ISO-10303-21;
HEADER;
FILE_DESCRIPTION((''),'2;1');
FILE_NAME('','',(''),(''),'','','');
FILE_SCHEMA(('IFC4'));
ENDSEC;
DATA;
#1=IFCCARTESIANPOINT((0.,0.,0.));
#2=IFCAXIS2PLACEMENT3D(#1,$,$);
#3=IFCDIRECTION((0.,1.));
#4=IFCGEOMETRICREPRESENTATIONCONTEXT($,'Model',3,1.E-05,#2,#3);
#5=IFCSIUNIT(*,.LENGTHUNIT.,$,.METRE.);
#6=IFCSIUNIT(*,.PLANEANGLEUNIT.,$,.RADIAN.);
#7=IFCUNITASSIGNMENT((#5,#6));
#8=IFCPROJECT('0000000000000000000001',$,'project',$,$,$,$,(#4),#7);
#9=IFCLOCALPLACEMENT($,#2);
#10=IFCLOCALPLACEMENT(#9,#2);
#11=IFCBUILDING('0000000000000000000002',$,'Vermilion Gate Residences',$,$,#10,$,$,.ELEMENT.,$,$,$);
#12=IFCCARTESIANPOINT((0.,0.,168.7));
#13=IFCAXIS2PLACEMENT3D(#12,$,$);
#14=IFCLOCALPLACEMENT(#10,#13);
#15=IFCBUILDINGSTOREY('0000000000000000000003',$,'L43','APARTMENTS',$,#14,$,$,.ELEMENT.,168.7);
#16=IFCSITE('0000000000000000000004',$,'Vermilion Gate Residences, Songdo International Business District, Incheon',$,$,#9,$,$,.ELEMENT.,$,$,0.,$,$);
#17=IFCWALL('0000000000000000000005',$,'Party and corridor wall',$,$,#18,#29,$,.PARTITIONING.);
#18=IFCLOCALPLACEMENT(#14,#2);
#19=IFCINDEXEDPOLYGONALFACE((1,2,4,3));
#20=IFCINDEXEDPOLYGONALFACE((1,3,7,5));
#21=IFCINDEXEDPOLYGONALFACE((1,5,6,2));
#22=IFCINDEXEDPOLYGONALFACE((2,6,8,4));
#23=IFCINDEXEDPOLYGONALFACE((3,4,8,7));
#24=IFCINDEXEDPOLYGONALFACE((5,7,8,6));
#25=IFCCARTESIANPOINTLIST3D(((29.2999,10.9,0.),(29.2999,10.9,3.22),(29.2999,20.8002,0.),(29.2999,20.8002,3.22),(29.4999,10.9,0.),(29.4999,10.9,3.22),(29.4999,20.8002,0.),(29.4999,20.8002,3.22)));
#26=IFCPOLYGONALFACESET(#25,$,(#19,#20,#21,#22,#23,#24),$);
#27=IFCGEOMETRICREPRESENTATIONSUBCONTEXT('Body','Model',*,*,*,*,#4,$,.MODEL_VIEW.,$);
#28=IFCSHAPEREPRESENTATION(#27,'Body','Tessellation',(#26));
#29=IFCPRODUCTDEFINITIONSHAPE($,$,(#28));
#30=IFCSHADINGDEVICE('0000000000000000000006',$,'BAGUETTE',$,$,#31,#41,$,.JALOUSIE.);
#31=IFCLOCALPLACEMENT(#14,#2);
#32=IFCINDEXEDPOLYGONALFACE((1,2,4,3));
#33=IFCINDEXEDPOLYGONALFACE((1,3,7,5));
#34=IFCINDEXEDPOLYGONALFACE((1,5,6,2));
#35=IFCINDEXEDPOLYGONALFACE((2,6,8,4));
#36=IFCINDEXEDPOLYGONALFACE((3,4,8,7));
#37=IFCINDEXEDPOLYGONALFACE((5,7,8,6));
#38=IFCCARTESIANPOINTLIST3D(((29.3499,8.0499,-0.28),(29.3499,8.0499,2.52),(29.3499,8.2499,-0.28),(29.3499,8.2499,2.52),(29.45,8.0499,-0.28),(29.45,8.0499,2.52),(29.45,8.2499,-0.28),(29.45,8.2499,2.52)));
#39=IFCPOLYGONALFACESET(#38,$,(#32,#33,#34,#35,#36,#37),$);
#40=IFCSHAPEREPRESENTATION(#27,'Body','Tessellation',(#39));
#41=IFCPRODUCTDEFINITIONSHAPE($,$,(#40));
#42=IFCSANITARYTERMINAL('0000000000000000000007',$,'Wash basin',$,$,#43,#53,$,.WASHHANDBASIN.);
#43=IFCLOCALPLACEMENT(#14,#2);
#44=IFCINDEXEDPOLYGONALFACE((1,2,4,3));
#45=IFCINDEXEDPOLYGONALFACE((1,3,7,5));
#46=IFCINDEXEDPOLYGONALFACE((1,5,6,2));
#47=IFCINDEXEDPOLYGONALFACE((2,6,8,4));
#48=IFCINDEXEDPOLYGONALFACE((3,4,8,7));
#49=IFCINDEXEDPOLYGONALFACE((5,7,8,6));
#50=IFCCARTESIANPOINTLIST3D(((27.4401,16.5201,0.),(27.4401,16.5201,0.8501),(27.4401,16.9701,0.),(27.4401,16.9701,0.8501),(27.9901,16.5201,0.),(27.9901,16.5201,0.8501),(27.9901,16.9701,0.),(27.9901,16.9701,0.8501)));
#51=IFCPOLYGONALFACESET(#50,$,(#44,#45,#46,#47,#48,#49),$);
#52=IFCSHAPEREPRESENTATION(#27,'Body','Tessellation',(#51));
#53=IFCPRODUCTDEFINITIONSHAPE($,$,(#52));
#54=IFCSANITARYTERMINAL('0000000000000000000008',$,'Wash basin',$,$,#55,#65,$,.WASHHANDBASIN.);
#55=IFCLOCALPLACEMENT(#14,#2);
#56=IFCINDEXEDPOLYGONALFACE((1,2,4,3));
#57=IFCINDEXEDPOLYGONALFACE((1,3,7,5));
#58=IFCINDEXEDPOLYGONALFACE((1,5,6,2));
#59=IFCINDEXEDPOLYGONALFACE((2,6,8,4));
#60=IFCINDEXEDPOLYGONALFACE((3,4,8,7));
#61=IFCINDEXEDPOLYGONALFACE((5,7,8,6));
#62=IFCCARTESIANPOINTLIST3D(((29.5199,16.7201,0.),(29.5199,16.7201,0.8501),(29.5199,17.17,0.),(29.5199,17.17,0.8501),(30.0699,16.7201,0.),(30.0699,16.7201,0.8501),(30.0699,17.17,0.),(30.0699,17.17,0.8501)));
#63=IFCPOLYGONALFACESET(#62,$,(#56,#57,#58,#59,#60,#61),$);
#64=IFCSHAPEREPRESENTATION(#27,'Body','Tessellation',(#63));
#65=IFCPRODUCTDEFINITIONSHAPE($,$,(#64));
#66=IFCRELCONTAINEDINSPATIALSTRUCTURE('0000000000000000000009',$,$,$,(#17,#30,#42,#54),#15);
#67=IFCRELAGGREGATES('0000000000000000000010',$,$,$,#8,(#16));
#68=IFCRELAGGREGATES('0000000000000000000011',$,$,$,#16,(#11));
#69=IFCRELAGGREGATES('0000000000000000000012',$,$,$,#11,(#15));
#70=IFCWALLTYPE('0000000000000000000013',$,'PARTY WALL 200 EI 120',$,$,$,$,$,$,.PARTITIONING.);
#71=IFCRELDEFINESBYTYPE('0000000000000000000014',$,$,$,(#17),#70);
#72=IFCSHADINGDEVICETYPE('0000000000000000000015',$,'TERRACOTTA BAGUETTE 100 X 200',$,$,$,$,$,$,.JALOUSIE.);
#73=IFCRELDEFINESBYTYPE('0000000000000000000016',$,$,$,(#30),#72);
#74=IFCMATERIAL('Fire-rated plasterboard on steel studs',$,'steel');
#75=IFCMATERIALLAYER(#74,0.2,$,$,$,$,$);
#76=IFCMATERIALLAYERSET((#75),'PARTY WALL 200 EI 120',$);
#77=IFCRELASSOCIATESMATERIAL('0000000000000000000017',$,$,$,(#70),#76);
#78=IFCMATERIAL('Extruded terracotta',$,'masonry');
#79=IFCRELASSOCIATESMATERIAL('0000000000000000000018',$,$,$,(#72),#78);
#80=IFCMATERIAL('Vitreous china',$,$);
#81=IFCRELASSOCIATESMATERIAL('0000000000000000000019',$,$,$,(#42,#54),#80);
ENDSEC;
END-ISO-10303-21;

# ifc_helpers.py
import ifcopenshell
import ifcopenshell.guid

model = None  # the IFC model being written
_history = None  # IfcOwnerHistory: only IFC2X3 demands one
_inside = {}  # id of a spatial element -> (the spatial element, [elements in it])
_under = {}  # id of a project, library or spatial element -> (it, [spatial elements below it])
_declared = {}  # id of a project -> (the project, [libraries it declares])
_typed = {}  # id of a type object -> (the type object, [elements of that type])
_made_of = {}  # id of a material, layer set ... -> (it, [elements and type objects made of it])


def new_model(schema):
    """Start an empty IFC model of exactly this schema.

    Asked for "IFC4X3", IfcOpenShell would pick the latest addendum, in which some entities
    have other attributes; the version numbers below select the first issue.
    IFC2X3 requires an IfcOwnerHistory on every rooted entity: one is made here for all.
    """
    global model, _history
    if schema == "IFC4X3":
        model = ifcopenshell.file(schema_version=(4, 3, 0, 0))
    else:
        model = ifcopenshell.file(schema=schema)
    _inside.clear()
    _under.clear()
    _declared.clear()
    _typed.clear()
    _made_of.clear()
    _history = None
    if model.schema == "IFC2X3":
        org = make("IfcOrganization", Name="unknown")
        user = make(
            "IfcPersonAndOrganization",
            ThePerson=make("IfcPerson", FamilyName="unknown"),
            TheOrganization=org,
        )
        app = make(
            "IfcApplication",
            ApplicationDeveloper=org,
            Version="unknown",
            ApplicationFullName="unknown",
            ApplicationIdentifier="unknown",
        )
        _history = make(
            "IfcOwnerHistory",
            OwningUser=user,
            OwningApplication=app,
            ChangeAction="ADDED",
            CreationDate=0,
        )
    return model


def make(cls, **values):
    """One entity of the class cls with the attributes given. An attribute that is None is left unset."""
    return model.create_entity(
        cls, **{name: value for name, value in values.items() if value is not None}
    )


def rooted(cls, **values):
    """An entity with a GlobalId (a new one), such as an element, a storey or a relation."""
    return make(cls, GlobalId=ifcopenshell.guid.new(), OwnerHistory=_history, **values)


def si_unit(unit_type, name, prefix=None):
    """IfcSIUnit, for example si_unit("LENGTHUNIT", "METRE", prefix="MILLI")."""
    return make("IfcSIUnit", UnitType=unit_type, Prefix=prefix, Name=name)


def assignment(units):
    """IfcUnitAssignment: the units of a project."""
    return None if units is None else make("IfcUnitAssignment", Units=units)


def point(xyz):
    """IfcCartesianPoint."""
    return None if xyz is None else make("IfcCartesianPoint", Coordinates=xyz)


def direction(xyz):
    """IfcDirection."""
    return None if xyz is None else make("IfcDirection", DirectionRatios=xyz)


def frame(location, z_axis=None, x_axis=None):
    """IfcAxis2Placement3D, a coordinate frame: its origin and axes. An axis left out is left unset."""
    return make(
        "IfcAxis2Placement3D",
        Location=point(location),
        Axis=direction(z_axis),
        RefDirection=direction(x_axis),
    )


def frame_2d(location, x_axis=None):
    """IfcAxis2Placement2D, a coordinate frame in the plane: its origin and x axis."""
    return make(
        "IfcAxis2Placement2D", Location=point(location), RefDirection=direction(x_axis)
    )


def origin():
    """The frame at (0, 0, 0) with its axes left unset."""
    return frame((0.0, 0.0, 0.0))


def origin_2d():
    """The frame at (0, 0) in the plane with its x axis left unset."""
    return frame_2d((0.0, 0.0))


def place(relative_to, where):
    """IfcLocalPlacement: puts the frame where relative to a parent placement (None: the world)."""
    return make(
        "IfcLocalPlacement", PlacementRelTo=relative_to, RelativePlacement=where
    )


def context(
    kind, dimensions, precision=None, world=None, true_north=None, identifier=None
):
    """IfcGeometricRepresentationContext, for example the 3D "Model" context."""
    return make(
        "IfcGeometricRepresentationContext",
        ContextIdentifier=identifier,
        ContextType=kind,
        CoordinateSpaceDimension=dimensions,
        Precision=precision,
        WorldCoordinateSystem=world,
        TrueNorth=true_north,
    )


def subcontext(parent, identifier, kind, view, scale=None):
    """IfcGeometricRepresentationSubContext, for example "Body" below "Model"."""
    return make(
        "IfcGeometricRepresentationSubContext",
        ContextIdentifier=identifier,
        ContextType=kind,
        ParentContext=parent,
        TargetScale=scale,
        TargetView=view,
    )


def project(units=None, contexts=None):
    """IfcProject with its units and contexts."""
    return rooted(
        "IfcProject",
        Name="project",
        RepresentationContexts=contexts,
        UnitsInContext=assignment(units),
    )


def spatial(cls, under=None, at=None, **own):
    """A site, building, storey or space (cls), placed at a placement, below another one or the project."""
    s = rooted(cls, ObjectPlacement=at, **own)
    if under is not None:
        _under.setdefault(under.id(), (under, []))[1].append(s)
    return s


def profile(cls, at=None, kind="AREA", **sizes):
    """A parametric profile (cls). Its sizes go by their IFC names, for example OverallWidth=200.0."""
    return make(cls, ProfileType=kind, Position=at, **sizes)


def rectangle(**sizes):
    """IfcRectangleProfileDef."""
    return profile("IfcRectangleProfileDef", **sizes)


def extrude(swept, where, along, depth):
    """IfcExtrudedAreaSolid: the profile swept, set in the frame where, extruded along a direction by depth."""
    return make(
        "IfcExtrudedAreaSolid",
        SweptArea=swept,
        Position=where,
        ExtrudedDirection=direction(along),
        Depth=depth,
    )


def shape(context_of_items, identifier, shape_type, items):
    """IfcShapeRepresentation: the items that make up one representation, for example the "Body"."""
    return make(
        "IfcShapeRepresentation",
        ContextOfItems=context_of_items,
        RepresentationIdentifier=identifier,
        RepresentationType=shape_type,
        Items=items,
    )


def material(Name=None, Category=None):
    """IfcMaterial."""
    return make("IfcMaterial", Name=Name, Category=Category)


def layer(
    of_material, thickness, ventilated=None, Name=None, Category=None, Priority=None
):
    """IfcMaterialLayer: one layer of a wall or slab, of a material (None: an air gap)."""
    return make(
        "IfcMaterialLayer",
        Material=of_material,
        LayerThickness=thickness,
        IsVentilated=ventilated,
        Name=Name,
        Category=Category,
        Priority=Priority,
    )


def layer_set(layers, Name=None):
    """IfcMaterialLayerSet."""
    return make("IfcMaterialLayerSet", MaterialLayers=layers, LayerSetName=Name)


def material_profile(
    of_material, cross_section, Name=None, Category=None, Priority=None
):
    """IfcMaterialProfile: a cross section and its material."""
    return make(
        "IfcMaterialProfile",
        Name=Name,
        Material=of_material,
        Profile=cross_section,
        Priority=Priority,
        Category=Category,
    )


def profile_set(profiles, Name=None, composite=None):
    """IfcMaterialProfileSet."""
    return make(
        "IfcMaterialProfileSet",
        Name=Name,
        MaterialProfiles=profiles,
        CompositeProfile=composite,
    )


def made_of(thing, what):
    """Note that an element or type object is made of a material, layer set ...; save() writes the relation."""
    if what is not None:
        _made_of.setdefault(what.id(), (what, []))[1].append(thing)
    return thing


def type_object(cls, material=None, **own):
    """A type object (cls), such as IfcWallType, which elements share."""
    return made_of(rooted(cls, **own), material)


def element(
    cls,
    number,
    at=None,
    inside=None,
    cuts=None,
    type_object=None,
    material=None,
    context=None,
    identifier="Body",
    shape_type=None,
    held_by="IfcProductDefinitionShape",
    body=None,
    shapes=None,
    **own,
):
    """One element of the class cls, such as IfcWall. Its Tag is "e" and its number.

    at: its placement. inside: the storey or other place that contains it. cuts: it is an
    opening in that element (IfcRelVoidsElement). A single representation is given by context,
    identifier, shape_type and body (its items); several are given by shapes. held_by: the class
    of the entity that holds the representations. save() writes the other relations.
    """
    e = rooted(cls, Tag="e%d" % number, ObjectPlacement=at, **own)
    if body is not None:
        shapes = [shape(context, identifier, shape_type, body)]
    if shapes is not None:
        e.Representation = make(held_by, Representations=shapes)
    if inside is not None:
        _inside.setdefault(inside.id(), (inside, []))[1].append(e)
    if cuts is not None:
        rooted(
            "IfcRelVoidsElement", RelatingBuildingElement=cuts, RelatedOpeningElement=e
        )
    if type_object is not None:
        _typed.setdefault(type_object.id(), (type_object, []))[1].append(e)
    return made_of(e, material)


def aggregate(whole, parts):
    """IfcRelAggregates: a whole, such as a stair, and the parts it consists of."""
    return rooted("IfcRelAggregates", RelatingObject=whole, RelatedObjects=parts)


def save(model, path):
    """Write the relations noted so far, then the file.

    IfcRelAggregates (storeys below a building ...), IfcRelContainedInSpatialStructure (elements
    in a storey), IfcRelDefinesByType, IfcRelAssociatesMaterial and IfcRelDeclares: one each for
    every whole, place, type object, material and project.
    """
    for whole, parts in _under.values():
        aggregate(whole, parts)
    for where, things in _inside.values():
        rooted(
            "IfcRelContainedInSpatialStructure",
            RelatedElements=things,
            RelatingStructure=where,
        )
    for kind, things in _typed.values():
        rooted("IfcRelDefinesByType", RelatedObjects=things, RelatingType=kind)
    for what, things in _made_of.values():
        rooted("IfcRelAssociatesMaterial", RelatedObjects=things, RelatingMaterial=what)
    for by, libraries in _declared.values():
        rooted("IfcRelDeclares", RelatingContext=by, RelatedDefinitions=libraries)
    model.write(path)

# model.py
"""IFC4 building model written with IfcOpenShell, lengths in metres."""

from ifc_helpers import new_model, si_unit, direction, frame, frame_2d, origin, origin_2d, place, context, subcontext, project, spatial, rectangle, extrude, material, layer, layer_set, material_profile, profile_set, type_object, element, save


model = new_model("IFC4")

# Units and contexts
model_context = context("Model", 3, precision=1e-05, world=origin(), true_north=direction((0.0, 1.0)))
body_context = subcontext(model_context, "Body", "Model", "MODEL_VIEW")
ifc_project = project(units=[si_unit("LENGTHUNIT", "METRE"), si_unit("PLANEANGLEUNIT", "RADIAN")], contexts=[model_context])

# Site, building, storey
site_placement = place(None, origin())
site = spatial("IfcSite", under=ifc_project, at=site_placement, Name="Vermilion Gate Residences, Songdo International Business District, Incheon", CompositionType="ELEMENT", RefElevation=0.0)
building_placement = place(site_placement, origin())
building = spatial("IfcBuilding", under=site, at=building_placement, Name="Vermilion Gate Residences", CompositionType="ELEMENT")
storey_placement = place(building_placement, frame((0.0, 0.0, 168.7)))
storey = spatial("IfcBuildingStorey", under=building, at=storey_placement, Name="L43", Description="APARTMENTS", CompositionType="ELEMENT", Elevation=168.7)

# Wall
ifc_material_1 = material(Name="Fire-rated plasterboard on steel studs", Category="steel")
ifc_layer_1 = layer(ifc_material_1, 0.2)
ifc_layer_set_1 = layer_set([ifc_layer_1], Name="PARTY WALL 200 EI 120")
wall_type_1 = type_object("IfcWallType", Name="PARTY WALL 200 EI 120", PredefinedType="PARTITIONING", material=ifc_layer_set_1)
wall_1_placement = place(storey_placement, frame((29.3999, 10.8999, 0.0), z_axis=(0.0, 0.0, 1.0), x_axis=(0.0, 1.0, 0.0)))
element("IfcWall", 1, at=wall_1_placement, inside=storey, type_object=wall_type_1, Name="Party and corridor wall", PredefinedType="PARTITIONING", context=body_context, shape_type="SweptSolid", body=[
    extrude(rectangle(XDim=9.9001, YDim=0.2, at=frame_2d((4.9502, 0.0))), origin(), (0.0, 0.0, 1.0), 3.22),
])

# Shading device
ifc_material_2 = material(Name="Extruded terracotta", Category="masonry")
ifc_material_profile_1 = material_profile(ifc_material_2, rectangle(XDim=0.2, YDim=0.1001, at=origin_2d()), Name="BAGUETTE 100 X 200")
ifc_profile_set_1 = profile_set([ifc_material_profile_1], Name="Extruded terracotta")
shading_device_type = type_object("IfcShadingDeviceType", Name="TERRACOTTA BAGUETTE 100 X 200", PredefinedType="JALOUSIE", material=ifc_profile_set_1)
shading_device_placement = place(storey_placement, frame((29.3999, 8.1499, -0.28), z_axis=(0.0, 0.0, 1.0), x_axis=(0.0, 1.0, 0.0)))
element("IfcShadingDevice", 2, at=shading_device_placement, inside=storey, type_object=shading_device_type, Name="BAGUETTE", PredefinedType="JALOUSIE", context=body_context, shape_type="SweptSolid", body=[
    extrude(rectangle(XDim=0.2, YDim=0.1001, at=origin_2d()), origin(), (0.0, 0.0, 1.0), 2.8),
])

# Sanitary terminals
ifc_material_3 = material(Name="Vitreous china")
for number, where, z_axis, x_axis, name in (
    (3, (27.7151, 16.7451, 0.0), (0.0, 0.0, 1.0), (1.0, 0.0, 0.0), "Wash basin"),
    (4, (29.7949, 16.9451, 0.0), (0.0, 0.0, 1.0), (1.0, 0.0, 0.0), "Wash basin"),
):
    element("IfcSanitaryTerminal", number, at=place(storey_placement, frame(where, z_axis=z_axis, x_axis=x_axis)), inside=storey, material=ifc_material_3, Name=name, PredefinedType="WASHHANDBASIN", context=body_context, shape_type="SweptSolid", body=[
        extrude(rectangle(XDim=0.55, YDim=0.45, at=origin_2d()), origin(), (0.0, 0.0, 1.0), 0.8501),
    ])

save(model, "model.ifc")
